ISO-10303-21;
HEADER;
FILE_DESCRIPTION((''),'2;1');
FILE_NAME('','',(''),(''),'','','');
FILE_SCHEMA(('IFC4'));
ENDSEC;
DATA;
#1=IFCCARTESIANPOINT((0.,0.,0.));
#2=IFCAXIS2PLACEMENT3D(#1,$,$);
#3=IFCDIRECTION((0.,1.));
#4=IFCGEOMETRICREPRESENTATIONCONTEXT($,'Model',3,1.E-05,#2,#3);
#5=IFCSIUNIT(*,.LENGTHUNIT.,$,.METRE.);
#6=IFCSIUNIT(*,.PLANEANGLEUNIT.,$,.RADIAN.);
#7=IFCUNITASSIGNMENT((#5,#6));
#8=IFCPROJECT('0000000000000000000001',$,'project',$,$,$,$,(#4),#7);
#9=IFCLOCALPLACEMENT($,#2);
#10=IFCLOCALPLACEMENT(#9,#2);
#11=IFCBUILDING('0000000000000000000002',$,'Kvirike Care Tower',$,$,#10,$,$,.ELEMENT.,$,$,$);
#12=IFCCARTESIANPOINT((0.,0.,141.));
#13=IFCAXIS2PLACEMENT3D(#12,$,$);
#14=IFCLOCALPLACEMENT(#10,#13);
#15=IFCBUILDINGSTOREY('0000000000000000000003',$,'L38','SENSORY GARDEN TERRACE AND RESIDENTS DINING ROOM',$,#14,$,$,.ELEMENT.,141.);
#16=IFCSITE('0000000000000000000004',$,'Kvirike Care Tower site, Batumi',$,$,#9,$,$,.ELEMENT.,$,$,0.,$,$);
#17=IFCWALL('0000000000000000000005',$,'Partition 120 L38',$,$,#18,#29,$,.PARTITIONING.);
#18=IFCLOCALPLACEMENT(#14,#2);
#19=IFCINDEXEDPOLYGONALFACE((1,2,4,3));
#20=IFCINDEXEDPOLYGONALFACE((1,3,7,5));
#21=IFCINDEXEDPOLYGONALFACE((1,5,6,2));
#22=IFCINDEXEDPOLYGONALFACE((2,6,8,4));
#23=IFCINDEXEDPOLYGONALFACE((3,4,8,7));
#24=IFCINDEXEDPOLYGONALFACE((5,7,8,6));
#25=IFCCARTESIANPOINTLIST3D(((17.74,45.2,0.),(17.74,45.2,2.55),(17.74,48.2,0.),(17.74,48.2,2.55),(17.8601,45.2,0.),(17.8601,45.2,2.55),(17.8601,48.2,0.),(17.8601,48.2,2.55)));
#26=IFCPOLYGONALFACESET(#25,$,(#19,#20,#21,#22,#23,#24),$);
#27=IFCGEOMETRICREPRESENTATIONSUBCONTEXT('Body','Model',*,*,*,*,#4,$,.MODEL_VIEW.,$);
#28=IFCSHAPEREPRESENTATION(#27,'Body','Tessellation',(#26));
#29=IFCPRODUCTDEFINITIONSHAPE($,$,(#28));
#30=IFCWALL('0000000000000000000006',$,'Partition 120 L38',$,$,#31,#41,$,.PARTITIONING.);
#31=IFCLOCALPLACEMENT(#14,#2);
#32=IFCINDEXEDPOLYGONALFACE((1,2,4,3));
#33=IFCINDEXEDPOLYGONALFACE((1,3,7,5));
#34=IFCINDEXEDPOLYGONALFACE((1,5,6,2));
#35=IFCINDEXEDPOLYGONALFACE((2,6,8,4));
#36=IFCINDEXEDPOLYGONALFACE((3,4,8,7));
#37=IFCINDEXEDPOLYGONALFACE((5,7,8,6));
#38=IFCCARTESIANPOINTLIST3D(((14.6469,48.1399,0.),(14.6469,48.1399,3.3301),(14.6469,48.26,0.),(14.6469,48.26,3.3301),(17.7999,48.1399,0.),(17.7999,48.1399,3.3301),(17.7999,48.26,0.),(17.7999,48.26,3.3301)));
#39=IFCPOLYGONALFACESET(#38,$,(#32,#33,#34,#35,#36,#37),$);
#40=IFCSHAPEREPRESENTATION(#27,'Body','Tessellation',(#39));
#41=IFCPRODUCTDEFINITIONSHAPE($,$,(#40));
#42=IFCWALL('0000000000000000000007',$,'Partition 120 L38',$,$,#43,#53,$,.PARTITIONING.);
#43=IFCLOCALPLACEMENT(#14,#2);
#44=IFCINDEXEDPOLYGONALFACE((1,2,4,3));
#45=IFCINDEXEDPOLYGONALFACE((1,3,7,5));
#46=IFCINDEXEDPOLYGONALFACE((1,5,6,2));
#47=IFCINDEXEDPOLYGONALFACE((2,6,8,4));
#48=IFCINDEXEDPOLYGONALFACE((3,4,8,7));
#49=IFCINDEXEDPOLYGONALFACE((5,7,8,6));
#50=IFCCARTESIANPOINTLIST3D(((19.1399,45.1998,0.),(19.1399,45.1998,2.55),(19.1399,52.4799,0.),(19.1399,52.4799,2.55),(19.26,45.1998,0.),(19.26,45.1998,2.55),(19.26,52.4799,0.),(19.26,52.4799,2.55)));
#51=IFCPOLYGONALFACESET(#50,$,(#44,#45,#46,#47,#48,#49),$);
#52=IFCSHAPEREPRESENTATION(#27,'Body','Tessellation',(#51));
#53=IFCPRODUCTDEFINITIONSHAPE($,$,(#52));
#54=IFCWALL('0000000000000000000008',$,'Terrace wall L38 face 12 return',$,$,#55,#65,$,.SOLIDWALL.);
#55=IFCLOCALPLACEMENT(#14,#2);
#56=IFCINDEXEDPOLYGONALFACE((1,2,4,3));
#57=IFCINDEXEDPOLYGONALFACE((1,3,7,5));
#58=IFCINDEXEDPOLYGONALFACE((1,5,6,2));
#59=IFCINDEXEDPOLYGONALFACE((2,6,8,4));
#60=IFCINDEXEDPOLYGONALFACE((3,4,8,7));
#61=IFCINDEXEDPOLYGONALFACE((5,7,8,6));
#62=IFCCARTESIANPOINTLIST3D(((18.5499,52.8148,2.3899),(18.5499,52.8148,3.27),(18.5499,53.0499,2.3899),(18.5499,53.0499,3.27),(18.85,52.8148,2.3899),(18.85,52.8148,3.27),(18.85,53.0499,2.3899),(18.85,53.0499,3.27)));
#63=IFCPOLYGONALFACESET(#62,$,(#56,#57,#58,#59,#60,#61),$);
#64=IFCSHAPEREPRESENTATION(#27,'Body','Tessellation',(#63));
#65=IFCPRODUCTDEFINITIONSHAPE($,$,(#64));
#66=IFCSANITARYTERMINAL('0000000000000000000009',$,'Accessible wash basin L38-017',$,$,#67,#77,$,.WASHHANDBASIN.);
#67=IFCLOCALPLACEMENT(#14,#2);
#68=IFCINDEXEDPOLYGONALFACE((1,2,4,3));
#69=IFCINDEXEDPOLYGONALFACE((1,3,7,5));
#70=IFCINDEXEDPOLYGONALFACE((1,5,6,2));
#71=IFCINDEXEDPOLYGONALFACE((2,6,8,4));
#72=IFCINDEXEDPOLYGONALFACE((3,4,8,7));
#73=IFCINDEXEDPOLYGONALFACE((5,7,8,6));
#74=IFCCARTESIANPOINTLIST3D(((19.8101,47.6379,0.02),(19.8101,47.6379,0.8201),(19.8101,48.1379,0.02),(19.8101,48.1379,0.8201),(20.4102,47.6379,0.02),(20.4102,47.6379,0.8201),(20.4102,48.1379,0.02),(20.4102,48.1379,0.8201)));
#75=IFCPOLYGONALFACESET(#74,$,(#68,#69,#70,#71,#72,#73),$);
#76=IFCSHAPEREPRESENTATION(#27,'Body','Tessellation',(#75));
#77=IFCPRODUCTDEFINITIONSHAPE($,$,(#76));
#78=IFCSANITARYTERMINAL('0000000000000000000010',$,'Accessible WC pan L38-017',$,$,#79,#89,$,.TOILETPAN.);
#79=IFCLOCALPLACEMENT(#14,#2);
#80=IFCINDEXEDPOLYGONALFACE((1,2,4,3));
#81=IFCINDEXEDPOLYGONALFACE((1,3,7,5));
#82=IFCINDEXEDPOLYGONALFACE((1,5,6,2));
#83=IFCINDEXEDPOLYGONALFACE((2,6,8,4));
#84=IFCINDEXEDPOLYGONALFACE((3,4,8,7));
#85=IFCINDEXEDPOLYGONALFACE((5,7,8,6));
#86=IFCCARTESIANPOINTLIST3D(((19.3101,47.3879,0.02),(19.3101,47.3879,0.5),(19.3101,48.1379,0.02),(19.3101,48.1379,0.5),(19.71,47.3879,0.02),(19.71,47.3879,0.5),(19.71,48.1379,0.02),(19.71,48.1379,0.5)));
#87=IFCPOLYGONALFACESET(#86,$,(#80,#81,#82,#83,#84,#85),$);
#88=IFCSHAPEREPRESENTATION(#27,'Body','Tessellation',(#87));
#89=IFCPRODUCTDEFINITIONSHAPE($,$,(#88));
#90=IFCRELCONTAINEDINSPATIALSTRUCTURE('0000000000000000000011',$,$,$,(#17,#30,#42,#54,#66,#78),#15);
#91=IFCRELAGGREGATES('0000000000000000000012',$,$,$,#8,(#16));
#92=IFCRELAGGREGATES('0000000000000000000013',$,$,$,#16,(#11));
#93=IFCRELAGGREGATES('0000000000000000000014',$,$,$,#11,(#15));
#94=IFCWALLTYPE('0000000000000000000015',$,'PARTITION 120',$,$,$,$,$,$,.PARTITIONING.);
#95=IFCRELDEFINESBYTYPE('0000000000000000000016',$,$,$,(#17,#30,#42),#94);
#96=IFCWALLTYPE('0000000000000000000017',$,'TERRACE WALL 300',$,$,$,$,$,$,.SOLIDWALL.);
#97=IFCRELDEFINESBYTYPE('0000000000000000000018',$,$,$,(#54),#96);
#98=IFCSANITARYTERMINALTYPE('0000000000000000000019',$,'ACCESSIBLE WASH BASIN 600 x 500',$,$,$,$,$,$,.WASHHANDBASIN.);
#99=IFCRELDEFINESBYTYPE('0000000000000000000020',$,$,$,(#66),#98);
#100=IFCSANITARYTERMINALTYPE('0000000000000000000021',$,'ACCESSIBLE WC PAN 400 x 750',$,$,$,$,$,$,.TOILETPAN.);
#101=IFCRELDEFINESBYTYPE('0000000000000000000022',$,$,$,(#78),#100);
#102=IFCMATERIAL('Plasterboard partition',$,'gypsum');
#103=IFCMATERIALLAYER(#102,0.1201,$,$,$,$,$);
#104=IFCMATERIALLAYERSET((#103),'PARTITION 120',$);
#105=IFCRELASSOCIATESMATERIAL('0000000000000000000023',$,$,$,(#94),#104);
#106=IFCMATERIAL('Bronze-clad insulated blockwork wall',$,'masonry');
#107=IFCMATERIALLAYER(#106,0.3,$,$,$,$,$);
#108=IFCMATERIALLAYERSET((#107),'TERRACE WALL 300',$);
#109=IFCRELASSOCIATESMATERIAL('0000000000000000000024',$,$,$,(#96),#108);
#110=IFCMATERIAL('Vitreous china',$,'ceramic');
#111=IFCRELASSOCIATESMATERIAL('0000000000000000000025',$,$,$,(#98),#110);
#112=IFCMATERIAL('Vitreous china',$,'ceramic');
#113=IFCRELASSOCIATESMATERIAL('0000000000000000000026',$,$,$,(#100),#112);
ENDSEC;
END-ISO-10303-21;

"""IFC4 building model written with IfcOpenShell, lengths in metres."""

from ifc_helpers import new_model, si_unit, direction, frame, frame_2d, origin, origin_2d, place, context, subcontext, project, spatial, rectangle, extrude, material, layer, layer_set, type_object, element, save


model = new_model("IFC4")

# Units and contexts
model_context = context("Model", 3, precision=1e-05, world=origin(), true_north=direction((0.0, 1.0)))
body_context = subcontext(model_context, "Body", "Model", "MODEL_VIEW")
ifc_project = project(units=[si_unit("LENGTHUNIT", "METRE"), si_unit("PLANEANGLEUNIT", "RADIAN")], contexts=[model_context])

# Site, building, storey
site_placement = place(None, origin())
site = spatial("IfcSite", under=ifc_project, at=site_placement, Name="Kvirike Care Tower site, Batumi", CompositionType="ELEMENT", RefElevation=0.0)
building_placement = place(site_placement, origin())
building = spatial("IfcBuilding", under=site, at=building_placement, Name="Kvirike Care Tower", CompositionType="ELEMENT")
storey_placement = place(building_placement, frame((0.0, 0.0, 141.0)))
storey = spatial("IfcBuildingStorey", under=building, at=storey_placement, Name="L38", Description="SENSORY GARDEN TERRACE AND RESIDENTS DINING ROOM", CompositionType="ELEMENT", Elevation=141.0)

# Walls
ifc_material_1 = material(Name="Plasterboard partition", Category="gypsum")
ifc_layer_1 = layer(ifc_material_1, 0.1201)
ifc_layer_set_1 = layer_set([ifc_layer_1], Name="PARTITION 120")
wall_type_1 = type_object("IfcWallType", Name="PARTITION 120", PredefinedType="PARTITIONING", material=ifc_layer_set_1)
wall_1_placement = place(storey_placement, frame((17.8, 48.2, 0.0), z_axis=(0.0, 0.0, 1.0), x_axis=(0.0, -1.0, 0.0)))
element("IfcWall", 1, at=wall_1_placement, inside=storey, type_object=wall_type_1, Name="Partition 120 L38", PredefinedType="PARTITIONING", context=body_context, shape_type="SweptSolid", body=[
    extrude(rectangle(XDim=3.0, YDim=0.1201, at=frame_2d((1.5, 0.0))), origin(), (0.0, 0.0, 1.0), 2.55),
])
wall_2_placement = place(storey_placement, frame((17.8, 48.2, 0.0), z_axis=(0.0, 0.0, 1.0), x_axis=(-1.0, 0.0, 0.0)))
element("IfcWall", 2, at=wall_2_placement, inside=storey, type_object=wall_type_1, Name="Partition 120 L38", PredefinedType="PARTITIONING", context=body_context, shape_type="SweptSolid", body=[
    extrude(rectangle(XDim=3.1531, YDim=0.1201, at=frame_2d((1.5767, 0.0))), origin(), (0.0, 0.0, 1.0), 3.3301),
])
wall_3_placement = place(storey_placement, frame((19.2, 52.48, 0.0), z_axis=(0.0, 0.0, 1.0), x_axis=(0.0, -1.0, 0.0)))
element("IfcWall", 3, at=wall_3_placement, inside=storey, type_object=wall_type_1, Name="Partition 120 L38", PredefinedType="PARTITIONING", context=body_context, shape_type="SweptSolid", body=[
    extrude(rectangle(XDim=7.28, YDim=0.1201, at=frame_2d((3.6401, 0.0))), origin(), (0.0, 0.0, 1.0), 2.55),
])

# Shared definitions
ifc_material_2 = material(Name="Bronze-clad insulated blockwork wall", Category="masonry")
ifc_layer_2 = layer(ifc_material_2, 0.3)
ifc_layer_set_2 = layer_set([ifc_layer_2], Name="TERRACE WALL 300")
wall_type_2 = type_object("IfcWallType", Name="TERRACE WALL 300", PredefinedType="SOLIDWALL", material=ifc_layer_set_2)

# Wall
wall_4_placement = place(storey_placement, frame((18.7, 53.05, 2.3899), z_axis=(0.0, 0.0, 1.0), x_axis=(0.0, -1.0, 0.0)))
element("IfcWall", 4, at=wall_4_placement, inside=storey, type_object=wall_type_2, Name="Terrace wall L38 face 12 return", PredefinedType="SOLIDWALL", context=body_context, shape_type="SweptSolid", body=[
    extrude(rectangle(XDim=0.2351, YDim=0.3, at=frame_2d((0.1177, 0.0))), origin(), (0.0, 0.0, 1.0), 0.8801),
])

# Sanitary terminals
ifc_material_3 = material(Name="Vitreous china", Category="ceramic")
sanitary_terminal_type_1 = type_object("IfcSanitaryTerminalType", Name="ACCESSIBLE WASH BASIN 600 x 500", PredefinedType="WASHHANDBASIN", material=ifc_material_3)
sanitary_terminal_1_placement = place(storey_placement, frame((20.1101, 47.8879, 0.02), z_axis=(0.0, 0.0, 1.0), x_axis=(1.0, 0.0, 0.0)))
element("IfcSanitaryTerminal", 5, at=sanitary_terminal_1_placement, inside=storey, type_object=sanitary_terminal_type_1, Name="Accessible wash basin L38-017", PredefinedType="WASHHANDBASIN", context=body_context, shape_type="SweptSolid", body=[
    extrude(rectangle(XDim=0.6001, YDim=0.5, at=origin_2d()), origin(), (0.0, 0.0, 1.0), 0.8),
])
ifc_material_4 = material(Name="Vitreous china", Category="ceramic")
sanitary_terminal_type_2 = type_object("IfcSanitaryTerminalType", Name="ACCESSIBLE WC PAN 400 x 750", PredefinedType="TOILETPAN", material=ifc_material_4)
sanitary_terminal_2_placement = place(storey_placement, frame((19.51, 47.7629, 0.02), z_axis=(0.0, 0.0, 1.0), x_axis=(1.0, 0.0, 0.0)))
element("IfcSanitaryTerminal", 6, at=sanitary_terminal_2_placement, inside=storey, type_object=sanitary_terminal_type_2, Name="Accessible WC pan L38-017", PredefinedType="TOILETPAN", context=body_context, shape_type="SweptSolid", body=[
    extrude(rectangle(XDim=0.3999, YDim=0.75, at=origin_2d()), origin(), (0.0, 0.0, 1.0), 0.48),
])

save(model, "model.ifc")
